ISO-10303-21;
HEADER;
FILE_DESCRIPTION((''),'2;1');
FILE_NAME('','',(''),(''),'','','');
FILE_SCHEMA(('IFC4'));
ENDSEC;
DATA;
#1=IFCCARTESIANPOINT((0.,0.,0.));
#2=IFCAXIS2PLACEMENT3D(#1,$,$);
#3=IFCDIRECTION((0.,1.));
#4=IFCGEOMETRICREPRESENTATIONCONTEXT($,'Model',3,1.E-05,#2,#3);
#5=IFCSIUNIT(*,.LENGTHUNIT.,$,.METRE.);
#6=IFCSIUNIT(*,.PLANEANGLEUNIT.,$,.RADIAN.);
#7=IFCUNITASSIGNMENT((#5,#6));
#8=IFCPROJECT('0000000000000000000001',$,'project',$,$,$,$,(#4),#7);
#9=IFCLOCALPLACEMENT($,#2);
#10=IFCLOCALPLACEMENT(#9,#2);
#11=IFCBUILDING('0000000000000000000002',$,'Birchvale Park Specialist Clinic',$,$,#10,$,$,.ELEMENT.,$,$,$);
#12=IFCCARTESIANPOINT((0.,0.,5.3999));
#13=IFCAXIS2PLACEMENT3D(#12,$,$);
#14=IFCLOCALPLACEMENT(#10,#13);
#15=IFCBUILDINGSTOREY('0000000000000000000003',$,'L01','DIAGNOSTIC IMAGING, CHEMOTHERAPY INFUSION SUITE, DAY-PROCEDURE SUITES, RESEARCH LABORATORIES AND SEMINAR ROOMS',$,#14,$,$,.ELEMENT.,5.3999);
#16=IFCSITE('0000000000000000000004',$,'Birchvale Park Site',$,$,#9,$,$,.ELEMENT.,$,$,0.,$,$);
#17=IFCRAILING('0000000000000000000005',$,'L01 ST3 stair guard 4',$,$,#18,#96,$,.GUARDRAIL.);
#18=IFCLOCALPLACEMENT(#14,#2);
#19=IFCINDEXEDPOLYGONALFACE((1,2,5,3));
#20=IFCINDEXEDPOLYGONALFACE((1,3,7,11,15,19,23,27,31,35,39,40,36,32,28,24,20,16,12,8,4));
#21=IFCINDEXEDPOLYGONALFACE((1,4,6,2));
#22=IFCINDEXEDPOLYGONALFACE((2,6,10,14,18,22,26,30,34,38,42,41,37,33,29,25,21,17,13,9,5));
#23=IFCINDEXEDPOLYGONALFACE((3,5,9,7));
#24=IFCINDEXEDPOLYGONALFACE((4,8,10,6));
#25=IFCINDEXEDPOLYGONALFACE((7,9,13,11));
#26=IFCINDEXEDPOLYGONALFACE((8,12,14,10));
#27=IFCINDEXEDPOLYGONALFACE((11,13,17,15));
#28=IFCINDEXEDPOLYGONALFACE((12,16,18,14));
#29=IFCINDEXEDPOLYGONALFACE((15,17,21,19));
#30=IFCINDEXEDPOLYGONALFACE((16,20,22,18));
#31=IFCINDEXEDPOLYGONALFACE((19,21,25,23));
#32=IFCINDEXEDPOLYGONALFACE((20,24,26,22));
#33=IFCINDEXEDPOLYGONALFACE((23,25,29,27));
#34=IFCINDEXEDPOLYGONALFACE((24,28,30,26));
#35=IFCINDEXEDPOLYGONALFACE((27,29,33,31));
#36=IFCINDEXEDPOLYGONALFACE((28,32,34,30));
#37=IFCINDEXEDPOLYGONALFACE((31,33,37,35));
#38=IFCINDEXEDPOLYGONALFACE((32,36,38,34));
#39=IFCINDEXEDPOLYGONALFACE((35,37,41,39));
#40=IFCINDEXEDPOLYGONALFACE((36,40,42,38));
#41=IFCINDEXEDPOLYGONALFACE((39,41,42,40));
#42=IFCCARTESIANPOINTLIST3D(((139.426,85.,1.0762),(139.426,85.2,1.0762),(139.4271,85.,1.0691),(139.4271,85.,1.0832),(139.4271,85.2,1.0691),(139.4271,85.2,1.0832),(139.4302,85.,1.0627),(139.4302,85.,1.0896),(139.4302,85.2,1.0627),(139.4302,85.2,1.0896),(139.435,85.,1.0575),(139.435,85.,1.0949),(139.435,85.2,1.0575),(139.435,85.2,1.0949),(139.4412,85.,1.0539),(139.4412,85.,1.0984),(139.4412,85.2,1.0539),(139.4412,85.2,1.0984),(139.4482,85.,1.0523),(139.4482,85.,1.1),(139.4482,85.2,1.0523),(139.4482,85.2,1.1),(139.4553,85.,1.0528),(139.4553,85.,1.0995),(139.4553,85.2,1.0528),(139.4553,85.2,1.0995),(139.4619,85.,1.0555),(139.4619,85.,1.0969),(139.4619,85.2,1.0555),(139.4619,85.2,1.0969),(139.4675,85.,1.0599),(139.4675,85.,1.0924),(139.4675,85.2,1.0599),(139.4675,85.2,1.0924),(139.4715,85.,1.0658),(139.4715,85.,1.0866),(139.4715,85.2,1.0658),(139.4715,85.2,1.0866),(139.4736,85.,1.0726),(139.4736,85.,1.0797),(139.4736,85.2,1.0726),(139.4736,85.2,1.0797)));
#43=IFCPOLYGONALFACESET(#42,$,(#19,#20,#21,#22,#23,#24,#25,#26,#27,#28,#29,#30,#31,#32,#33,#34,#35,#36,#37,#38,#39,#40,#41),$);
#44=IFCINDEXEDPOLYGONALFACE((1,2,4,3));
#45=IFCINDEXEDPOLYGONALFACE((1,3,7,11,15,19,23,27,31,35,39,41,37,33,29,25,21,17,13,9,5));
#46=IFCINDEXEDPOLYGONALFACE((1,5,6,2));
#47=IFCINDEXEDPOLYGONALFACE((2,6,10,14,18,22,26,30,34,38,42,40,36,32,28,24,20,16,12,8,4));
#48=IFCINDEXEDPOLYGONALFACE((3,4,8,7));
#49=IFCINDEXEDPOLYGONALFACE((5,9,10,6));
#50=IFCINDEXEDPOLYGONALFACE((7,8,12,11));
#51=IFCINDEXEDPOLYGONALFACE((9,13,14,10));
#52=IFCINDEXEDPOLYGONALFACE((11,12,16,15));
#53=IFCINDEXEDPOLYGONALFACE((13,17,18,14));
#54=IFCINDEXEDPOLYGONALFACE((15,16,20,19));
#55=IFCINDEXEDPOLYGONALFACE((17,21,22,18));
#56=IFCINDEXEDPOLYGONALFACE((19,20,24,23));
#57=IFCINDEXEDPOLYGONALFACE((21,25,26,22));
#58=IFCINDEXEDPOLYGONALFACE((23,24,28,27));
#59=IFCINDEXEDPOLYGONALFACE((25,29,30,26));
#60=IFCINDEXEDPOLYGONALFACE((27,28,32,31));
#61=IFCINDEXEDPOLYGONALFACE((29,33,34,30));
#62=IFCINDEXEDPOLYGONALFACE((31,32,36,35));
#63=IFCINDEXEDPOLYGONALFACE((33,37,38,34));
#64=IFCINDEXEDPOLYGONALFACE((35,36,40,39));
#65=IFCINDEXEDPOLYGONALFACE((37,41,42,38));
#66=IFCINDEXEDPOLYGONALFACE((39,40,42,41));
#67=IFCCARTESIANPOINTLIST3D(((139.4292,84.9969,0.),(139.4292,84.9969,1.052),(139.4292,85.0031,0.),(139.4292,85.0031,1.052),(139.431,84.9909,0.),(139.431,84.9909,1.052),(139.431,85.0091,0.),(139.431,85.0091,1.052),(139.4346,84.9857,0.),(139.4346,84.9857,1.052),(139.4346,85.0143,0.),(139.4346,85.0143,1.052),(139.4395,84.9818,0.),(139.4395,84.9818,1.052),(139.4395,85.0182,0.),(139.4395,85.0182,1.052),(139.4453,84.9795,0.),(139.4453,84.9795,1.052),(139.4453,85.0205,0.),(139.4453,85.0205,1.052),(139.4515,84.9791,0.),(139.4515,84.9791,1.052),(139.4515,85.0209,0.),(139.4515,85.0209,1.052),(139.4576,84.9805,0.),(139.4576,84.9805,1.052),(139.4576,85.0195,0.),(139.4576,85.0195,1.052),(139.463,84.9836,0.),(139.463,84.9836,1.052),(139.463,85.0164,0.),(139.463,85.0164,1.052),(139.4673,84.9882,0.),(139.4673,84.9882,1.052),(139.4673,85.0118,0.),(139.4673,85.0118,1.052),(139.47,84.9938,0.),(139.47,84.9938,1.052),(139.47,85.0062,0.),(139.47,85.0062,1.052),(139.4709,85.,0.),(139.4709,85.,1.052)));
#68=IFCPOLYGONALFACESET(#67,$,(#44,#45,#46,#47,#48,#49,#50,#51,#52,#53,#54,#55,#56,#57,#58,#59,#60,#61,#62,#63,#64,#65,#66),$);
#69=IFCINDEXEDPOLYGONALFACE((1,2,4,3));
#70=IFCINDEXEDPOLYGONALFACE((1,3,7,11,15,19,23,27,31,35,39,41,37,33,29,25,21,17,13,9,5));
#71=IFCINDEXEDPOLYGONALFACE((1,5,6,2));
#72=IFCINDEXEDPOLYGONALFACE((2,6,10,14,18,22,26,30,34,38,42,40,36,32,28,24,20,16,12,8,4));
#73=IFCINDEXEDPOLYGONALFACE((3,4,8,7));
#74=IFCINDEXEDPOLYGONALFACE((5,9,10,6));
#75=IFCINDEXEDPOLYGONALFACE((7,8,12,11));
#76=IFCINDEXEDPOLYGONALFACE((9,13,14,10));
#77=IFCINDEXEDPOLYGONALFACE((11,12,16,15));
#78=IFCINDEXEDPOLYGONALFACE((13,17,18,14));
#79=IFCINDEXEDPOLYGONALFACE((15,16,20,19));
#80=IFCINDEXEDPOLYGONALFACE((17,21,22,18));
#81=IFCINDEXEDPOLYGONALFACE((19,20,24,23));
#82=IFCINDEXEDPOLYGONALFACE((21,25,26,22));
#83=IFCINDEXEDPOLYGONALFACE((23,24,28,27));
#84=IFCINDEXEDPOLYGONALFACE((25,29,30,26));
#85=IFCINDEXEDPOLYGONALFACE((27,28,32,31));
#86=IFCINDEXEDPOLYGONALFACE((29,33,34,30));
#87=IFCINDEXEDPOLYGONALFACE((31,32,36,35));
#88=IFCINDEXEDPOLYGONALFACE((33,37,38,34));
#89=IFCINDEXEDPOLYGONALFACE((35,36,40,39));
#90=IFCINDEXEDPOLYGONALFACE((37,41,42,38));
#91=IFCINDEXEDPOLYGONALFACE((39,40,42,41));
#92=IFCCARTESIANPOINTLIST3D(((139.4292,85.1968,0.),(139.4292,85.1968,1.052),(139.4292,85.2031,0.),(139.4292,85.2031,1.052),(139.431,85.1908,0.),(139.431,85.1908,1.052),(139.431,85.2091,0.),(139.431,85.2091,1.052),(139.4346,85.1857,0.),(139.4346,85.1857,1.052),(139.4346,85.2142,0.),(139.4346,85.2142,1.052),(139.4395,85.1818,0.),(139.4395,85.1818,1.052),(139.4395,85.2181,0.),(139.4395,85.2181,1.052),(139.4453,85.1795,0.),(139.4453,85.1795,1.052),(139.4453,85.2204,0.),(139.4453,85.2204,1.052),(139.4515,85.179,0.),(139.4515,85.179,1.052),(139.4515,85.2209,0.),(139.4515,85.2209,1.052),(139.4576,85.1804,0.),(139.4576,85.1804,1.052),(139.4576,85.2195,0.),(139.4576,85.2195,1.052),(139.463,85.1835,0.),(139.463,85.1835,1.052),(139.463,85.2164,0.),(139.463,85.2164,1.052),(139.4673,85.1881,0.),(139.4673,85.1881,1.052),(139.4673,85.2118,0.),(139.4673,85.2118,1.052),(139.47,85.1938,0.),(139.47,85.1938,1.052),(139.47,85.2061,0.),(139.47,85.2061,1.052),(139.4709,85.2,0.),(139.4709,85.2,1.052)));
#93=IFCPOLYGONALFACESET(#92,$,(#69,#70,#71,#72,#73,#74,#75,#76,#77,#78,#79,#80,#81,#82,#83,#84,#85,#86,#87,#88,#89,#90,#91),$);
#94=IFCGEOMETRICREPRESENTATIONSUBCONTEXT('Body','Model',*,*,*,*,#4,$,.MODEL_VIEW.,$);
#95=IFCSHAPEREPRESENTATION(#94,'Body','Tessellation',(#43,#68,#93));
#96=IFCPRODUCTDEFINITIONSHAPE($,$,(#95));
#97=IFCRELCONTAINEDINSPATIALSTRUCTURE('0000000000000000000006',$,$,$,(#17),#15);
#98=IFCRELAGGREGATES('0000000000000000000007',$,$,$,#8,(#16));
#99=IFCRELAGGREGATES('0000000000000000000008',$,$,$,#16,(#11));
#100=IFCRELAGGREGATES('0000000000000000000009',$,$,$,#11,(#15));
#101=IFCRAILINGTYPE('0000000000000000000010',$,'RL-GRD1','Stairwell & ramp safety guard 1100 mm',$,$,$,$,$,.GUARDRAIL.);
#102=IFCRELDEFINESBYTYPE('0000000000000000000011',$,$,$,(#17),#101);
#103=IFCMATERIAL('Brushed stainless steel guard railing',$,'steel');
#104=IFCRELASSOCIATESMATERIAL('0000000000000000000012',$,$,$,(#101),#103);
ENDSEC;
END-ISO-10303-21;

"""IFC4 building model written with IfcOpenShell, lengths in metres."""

from ifc_helpers import new_model, si_unit, direction, frame, origin, origin_2d, place, context, subcontext, project, spatial, circle, extrude, material, type_object, element, save


model = new_model("IFC4")

# Units and contexts
model_context = context("Model", 3, precision=1e-05, world=origin(), true_north=direction((0.0, 1.0)))
body_context = subcontext(model_context, "Body", "Model", "MODEL_VIEW")
ifc_project = project(units=[si_unit("LENGTHUNIT", "METRE"), si_unit("PLANEANGLEUNIT", "RADIAN")], contexts=[model_context])

# Site, building, storey
site_placement = place(None, origin())
site = spatial("IfcSite", under=ifc_project, at=site_placement, Name="Birchvale Park Site", CompositionType="ELEMENT", RefElevation=0.0)
building_placement = place(site_placement, origin())
building = spatial("IfcBuilding", under=site, at=building_placement, Name="Birchvale Park Specialist Clinic", CompositionType="ELEMENT")
storey_placement = place(building_placement, frame((0.0, 0.0, 5.3999)))
storey = spatial("IfcBuildingStorey", under=building, at=storey_placement, Name="L01", Description="DIAGNOSTIC IMAGING, CHEMOTHERAPY INFUSION SUITE, DAY-PROCEDURE SUITES, RESEARCH LABORATORIES AND SEMINAR ROOMS", CompositionType="ELEMENT", Elevation=5.3999)

# Railing
ifc_material_1 = material(Name="Brushed stainless steel guard railing", Category="steel")
railing_type_1 = type_object("IfcRailingType", Name="RL-GRD1", Description="Stairwell & ramp safety guard 1100 mm", PredefinedType="GUARDRAIL", material=ifc_material_1)
railing_1_placement = place(storey_placement, frame((139.45, 85.0, 0.0)))
element("IfcRailing", 1, at=railing_1_placement, inside=storey, type_object=railing_type_1, Name="L01 ST3 stair guard 4", PredefinedType="GUARDRAIL", context=body_context, shape_type="SweptSolid", body=[
    extrude(circle(Radius=0.0239, at=origin_2d()), frame((0.0, 0.0, 1.0762), z_axis=(0.0, 1.0, 0.0), x_axis=(-1.0, 0.0, 0.0)), (0.0, 0.0, 1.0), 0.2),
    extrude(circle(Radius=0.021, at=origin_2d()), origin(), (0.0, 0.0, 1.0), 1.052),
    extrude(circle(Radius=0.021, at=origin_2d()), frame((0.0, 0.2, 0.0)), (0.0, 0.0, 1.0), 1.052),
])

save(model, "model.ifc")
